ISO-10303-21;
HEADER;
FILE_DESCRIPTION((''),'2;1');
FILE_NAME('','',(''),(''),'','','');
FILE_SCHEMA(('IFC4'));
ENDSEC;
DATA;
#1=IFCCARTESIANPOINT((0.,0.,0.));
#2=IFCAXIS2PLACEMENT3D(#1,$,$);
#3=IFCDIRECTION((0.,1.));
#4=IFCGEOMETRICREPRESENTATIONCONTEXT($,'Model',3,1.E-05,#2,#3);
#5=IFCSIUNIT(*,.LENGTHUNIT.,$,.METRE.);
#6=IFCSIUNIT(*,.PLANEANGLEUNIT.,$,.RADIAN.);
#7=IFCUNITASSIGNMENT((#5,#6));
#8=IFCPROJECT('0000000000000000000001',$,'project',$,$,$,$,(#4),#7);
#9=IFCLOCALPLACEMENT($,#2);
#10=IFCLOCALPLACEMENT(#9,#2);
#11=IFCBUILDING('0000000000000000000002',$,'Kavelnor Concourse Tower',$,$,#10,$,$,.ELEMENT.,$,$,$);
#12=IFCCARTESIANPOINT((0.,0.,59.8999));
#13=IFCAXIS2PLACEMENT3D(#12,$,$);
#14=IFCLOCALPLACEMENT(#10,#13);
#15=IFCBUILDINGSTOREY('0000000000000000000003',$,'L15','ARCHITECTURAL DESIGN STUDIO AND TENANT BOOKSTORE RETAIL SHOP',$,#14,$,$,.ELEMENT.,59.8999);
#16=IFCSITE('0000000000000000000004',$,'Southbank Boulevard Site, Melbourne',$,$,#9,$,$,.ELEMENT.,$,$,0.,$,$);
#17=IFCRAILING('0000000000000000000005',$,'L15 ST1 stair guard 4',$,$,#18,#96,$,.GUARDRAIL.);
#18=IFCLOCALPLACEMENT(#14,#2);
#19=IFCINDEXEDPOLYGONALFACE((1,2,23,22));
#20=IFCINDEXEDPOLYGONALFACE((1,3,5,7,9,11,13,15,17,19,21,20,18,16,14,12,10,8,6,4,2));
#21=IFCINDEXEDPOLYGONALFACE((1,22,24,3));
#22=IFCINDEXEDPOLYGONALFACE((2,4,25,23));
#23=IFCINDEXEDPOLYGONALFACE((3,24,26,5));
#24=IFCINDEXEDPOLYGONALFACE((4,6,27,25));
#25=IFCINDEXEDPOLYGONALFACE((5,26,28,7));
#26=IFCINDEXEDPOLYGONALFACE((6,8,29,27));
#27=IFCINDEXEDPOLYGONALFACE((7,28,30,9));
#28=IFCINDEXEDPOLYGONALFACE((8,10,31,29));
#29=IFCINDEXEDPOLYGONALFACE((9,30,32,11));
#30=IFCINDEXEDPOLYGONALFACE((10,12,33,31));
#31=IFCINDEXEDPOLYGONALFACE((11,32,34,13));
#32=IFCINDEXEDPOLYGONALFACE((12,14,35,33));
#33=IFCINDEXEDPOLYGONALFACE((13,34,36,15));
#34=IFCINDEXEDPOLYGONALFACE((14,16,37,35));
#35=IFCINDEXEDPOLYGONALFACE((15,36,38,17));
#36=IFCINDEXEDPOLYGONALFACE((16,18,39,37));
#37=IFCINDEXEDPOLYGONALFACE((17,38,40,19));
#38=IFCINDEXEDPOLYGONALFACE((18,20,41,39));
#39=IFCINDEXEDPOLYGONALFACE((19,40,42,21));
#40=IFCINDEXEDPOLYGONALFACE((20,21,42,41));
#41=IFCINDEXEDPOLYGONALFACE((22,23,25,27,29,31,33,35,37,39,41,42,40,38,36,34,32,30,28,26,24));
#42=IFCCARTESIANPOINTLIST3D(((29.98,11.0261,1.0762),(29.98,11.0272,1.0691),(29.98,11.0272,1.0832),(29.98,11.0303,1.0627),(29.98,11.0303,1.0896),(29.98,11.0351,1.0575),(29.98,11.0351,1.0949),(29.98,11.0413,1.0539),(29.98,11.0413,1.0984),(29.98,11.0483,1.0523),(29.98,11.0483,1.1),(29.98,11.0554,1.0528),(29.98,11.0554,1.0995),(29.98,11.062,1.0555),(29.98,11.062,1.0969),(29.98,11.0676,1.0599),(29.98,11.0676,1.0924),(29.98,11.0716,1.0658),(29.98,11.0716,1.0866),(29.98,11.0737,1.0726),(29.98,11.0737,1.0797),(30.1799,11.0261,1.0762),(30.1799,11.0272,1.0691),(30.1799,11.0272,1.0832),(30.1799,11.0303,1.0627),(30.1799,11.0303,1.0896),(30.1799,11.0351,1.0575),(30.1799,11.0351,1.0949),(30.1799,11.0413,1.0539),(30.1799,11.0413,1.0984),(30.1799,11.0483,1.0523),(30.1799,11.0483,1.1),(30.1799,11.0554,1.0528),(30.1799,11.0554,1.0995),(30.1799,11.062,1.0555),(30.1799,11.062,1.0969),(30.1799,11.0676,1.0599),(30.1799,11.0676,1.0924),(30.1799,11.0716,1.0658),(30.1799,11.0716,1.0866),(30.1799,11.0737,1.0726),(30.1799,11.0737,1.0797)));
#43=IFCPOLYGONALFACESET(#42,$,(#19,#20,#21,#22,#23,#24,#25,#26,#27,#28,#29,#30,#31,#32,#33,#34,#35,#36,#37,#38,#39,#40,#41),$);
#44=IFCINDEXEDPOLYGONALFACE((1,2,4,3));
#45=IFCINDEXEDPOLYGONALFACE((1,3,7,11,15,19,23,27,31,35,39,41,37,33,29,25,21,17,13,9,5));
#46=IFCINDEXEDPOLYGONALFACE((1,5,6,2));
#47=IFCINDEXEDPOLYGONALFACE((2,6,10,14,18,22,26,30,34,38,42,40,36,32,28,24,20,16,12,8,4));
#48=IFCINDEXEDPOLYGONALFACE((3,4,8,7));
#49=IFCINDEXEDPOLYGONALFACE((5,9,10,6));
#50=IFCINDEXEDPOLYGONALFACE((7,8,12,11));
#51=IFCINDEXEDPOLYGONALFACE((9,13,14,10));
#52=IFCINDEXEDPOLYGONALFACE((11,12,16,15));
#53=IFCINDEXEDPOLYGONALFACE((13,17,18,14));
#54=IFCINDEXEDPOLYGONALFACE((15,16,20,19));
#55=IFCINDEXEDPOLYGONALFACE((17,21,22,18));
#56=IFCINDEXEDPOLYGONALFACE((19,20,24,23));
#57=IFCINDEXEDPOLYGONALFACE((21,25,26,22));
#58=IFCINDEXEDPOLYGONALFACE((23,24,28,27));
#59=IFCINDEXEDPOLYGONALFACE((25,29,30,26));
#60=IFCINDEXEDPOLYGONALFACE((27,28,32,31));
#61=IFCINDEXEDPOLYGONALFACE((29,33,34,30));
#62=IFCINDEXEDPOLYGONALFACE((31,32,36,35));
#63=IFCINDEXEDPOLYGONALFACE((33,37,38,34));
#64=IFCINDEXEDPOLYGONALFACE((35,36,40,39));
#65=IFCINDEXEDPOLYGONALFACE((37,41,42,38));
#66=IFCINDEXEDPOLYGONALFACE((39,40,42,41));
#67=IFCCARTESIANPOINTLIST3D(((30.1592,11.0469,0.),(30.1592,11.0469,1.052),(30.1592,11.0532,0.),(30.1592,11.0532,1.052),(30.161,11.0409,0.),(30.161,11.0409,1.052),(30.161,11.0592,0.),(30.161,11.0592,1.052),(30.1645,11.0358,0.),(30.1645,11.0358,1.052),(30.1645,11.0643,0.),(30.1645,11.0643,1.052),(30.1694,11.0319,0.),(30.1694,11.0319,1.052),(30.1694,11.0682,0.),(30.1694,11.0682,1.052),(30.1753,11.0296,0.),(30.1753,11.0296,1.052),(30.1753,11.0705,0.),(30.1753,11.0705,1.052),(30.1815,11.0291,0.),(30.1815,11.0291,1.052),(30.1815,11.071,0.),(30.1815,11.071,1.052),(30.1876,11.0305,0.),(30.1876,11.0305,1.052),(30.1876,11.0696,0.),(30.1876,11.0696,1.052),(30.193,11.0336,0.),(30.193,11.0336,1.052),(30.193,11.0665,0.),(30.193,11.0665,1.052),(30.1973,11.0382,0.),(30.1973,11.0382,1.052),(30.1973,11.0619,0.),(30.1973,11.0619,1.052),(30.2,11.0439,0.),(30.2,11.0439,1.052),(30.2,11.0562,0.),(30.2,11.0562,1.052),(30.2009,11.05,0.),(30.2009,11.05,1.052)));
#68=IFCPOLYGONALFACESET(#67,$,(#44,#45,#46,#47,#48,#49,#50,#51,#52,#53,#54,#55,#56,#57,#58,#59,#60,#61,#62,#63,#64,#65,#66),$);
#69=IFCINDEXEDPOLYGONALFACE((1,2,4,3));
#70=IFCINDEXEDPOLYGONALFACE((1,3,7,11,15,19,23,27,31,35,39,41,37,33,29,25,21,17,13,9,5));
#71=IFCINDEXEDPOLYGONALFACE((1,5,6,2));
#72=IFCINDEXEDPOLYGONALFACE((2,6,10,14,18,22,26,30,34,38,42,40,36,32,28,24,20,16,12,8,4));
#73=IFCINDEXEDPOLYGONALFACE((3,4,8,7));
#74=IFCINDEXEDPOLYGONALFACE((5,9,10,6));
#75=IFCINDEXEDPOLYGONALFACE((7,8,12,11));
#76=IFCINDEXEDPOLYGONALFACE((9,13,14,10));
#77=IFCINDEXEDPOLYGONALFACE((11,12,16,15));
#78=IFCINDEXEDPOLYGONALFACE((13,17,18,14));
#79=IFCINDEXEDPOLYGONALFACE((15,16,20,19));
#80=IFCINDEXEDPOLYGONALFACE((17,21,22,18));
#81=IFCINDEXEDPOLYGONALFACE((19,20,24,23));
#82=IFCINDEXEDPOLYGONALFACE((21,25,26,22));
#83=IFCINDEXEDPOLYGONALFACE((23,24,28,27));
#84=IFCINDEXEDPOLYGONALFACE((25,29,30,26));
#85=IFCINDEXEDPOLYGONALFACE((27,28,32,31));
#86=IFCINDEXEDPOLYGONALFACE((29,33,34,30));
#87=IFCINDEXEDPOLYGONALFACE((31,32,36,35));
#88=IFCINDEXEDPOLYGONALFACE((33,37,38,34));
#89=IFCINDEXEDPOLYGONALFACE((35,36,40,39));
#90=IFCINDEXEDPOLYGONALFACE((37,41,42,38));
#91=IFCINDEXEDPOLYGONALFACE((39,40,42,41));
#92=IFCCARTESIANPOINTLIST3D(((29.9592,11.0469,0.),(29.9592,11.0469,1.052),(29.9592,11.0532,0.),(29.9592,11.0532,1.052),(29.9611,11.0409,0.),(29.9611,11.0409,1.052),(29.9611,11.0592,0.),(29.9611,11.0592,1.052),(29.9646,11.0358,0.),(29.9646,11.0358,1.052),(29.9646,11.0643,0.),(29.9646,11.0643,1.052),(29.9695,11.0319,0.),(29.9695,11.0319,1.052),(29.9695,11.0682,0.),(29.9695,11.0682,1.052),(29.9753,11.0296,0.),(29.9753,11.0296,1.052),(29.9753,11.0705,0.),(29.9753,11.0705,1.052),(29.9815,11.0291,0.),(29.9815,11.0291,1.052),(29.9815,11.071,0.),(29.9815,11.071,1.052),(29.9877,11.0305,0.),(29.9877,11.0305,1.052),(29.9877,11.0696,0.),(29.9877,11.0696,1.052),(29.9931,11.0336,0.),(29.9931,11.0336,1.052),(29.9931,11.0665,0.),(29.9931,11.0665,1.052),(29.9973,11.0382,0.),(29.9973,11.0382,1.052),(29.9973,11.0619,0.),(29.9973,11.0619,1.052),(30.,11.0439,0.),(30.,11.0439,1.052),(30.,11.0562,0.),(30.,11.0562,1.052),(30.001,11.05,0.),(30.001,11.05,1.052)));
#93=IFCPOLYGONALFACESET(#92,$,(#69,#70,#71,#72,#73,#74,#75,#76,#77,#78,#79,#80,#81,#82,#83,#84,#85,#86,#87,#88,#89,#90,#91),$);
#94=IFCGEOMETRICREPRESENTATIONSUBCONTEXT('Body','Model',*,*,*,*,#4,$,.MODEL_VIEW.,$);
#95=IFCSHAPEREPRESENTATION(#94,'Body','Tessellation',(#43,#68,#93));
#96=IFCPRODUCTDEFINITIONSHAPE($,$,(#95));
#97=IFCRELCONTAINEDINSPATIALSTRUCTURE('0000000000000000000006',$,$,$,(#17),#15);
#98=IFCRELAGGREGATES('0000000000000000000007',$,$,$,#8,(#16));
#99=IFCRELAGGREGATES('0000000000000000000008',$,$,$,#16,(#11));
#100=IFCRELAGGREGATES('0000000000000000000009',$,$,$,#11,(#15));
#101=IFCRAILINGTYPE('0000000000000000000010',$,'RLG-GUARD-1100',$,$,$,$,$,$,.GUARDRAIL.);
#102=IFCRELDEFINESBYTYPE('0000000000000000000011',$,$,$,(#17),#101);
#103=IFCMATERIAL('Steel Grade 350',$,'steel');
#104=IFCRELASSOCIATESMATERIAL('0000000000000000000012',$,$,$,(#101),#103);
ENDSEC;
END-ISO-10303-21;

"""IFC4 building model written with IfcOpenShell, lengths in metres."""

from ifc_helpers import new_model, si_unit, direction, frame, origin, origin_2d, place, context, subcontext, project, spatial, circle, extrude, material, type_object, element, save


model = new_model("IFC4")

# Units and contexts
model_context = context("Model", 3, precision=1e-05, world=origin(), true_north=direction((0.0, 1.0)))
body_context = subcontext(model_context, "Body", "Model", "MODEL_VIEW")
ifc_project = project(units=[si_unit("LENGTHUNIT", "METRE"), si_unit("PLANEANGLEUNIT", "RADIAN")], contexts=[model_context])

# Site, building, storey
site_placement = place(None, origin())
site = spatial("IfcSite", under=ifc_project, at=site_placement, Name="Southbank Boulevard Site, Melbourne", CompositionType="ELEMENT", RefElevation=0.0)
building_placement = place(site_placement, origin())
building = spatial("IfcBuilding", under=site, at=building_placement, Name="Kavelnor Concourse Tower", CompositionType="ELEMENT")
storey_placement = place(building_placement, frame((0.0, 0.0, 59.8999)))
storey = spatial("IfcBuildingStorey", under=building, at=storey_placement, Name="L15", Description="ARCHITECTURAL DESIGN STUDIO AND TENANT BOOKSTORE RETAIL SHOP", CompositionType="ELEMENT", Elevation=59.8999)

# Shared definitions
ifc_material_1 = material(Name="Steel Grade 350", Category="steel")

# Railing
railing_type_1 = type_object("IfcRailingType", Name="RLG-GUARD-1100", PredefinedType="GUARDRAIL", material=ifc_material_1)
railing_1_placement = place(storey_placement, frame((30.1799, 11.05, 0.0)))
element("IfcRailing", 1, at=railing_1_placement, inside=storey, type_object=railing_type_1, Name="L15 ST1 stair guard 4", PredefinedType="GUARDRAIL", context=body_context, shape_type="SweptSolid", body=[
    extrude(circle(Radius=0.0239, at=origin_2d()), frame((0.0, 0.0, 1.0762), z_axis=(-1.0, 0.0, 0.0), x_axis=(0.0, -1.0, 0.0)), (0.0, 0.0, 1.0), 0.2),
    extrude(circle(Radius=0.021, at=origin_2d()), origin(), (0.0, 0.0, 1.0), 1.052),
    extrude(circle(Radius=0.021, at=origin_2d()), frame((-0.2, 0.0, 0.0)), (0.0, 0.0, 1.0), 1.052),
])

save(model, "model.ifc")
